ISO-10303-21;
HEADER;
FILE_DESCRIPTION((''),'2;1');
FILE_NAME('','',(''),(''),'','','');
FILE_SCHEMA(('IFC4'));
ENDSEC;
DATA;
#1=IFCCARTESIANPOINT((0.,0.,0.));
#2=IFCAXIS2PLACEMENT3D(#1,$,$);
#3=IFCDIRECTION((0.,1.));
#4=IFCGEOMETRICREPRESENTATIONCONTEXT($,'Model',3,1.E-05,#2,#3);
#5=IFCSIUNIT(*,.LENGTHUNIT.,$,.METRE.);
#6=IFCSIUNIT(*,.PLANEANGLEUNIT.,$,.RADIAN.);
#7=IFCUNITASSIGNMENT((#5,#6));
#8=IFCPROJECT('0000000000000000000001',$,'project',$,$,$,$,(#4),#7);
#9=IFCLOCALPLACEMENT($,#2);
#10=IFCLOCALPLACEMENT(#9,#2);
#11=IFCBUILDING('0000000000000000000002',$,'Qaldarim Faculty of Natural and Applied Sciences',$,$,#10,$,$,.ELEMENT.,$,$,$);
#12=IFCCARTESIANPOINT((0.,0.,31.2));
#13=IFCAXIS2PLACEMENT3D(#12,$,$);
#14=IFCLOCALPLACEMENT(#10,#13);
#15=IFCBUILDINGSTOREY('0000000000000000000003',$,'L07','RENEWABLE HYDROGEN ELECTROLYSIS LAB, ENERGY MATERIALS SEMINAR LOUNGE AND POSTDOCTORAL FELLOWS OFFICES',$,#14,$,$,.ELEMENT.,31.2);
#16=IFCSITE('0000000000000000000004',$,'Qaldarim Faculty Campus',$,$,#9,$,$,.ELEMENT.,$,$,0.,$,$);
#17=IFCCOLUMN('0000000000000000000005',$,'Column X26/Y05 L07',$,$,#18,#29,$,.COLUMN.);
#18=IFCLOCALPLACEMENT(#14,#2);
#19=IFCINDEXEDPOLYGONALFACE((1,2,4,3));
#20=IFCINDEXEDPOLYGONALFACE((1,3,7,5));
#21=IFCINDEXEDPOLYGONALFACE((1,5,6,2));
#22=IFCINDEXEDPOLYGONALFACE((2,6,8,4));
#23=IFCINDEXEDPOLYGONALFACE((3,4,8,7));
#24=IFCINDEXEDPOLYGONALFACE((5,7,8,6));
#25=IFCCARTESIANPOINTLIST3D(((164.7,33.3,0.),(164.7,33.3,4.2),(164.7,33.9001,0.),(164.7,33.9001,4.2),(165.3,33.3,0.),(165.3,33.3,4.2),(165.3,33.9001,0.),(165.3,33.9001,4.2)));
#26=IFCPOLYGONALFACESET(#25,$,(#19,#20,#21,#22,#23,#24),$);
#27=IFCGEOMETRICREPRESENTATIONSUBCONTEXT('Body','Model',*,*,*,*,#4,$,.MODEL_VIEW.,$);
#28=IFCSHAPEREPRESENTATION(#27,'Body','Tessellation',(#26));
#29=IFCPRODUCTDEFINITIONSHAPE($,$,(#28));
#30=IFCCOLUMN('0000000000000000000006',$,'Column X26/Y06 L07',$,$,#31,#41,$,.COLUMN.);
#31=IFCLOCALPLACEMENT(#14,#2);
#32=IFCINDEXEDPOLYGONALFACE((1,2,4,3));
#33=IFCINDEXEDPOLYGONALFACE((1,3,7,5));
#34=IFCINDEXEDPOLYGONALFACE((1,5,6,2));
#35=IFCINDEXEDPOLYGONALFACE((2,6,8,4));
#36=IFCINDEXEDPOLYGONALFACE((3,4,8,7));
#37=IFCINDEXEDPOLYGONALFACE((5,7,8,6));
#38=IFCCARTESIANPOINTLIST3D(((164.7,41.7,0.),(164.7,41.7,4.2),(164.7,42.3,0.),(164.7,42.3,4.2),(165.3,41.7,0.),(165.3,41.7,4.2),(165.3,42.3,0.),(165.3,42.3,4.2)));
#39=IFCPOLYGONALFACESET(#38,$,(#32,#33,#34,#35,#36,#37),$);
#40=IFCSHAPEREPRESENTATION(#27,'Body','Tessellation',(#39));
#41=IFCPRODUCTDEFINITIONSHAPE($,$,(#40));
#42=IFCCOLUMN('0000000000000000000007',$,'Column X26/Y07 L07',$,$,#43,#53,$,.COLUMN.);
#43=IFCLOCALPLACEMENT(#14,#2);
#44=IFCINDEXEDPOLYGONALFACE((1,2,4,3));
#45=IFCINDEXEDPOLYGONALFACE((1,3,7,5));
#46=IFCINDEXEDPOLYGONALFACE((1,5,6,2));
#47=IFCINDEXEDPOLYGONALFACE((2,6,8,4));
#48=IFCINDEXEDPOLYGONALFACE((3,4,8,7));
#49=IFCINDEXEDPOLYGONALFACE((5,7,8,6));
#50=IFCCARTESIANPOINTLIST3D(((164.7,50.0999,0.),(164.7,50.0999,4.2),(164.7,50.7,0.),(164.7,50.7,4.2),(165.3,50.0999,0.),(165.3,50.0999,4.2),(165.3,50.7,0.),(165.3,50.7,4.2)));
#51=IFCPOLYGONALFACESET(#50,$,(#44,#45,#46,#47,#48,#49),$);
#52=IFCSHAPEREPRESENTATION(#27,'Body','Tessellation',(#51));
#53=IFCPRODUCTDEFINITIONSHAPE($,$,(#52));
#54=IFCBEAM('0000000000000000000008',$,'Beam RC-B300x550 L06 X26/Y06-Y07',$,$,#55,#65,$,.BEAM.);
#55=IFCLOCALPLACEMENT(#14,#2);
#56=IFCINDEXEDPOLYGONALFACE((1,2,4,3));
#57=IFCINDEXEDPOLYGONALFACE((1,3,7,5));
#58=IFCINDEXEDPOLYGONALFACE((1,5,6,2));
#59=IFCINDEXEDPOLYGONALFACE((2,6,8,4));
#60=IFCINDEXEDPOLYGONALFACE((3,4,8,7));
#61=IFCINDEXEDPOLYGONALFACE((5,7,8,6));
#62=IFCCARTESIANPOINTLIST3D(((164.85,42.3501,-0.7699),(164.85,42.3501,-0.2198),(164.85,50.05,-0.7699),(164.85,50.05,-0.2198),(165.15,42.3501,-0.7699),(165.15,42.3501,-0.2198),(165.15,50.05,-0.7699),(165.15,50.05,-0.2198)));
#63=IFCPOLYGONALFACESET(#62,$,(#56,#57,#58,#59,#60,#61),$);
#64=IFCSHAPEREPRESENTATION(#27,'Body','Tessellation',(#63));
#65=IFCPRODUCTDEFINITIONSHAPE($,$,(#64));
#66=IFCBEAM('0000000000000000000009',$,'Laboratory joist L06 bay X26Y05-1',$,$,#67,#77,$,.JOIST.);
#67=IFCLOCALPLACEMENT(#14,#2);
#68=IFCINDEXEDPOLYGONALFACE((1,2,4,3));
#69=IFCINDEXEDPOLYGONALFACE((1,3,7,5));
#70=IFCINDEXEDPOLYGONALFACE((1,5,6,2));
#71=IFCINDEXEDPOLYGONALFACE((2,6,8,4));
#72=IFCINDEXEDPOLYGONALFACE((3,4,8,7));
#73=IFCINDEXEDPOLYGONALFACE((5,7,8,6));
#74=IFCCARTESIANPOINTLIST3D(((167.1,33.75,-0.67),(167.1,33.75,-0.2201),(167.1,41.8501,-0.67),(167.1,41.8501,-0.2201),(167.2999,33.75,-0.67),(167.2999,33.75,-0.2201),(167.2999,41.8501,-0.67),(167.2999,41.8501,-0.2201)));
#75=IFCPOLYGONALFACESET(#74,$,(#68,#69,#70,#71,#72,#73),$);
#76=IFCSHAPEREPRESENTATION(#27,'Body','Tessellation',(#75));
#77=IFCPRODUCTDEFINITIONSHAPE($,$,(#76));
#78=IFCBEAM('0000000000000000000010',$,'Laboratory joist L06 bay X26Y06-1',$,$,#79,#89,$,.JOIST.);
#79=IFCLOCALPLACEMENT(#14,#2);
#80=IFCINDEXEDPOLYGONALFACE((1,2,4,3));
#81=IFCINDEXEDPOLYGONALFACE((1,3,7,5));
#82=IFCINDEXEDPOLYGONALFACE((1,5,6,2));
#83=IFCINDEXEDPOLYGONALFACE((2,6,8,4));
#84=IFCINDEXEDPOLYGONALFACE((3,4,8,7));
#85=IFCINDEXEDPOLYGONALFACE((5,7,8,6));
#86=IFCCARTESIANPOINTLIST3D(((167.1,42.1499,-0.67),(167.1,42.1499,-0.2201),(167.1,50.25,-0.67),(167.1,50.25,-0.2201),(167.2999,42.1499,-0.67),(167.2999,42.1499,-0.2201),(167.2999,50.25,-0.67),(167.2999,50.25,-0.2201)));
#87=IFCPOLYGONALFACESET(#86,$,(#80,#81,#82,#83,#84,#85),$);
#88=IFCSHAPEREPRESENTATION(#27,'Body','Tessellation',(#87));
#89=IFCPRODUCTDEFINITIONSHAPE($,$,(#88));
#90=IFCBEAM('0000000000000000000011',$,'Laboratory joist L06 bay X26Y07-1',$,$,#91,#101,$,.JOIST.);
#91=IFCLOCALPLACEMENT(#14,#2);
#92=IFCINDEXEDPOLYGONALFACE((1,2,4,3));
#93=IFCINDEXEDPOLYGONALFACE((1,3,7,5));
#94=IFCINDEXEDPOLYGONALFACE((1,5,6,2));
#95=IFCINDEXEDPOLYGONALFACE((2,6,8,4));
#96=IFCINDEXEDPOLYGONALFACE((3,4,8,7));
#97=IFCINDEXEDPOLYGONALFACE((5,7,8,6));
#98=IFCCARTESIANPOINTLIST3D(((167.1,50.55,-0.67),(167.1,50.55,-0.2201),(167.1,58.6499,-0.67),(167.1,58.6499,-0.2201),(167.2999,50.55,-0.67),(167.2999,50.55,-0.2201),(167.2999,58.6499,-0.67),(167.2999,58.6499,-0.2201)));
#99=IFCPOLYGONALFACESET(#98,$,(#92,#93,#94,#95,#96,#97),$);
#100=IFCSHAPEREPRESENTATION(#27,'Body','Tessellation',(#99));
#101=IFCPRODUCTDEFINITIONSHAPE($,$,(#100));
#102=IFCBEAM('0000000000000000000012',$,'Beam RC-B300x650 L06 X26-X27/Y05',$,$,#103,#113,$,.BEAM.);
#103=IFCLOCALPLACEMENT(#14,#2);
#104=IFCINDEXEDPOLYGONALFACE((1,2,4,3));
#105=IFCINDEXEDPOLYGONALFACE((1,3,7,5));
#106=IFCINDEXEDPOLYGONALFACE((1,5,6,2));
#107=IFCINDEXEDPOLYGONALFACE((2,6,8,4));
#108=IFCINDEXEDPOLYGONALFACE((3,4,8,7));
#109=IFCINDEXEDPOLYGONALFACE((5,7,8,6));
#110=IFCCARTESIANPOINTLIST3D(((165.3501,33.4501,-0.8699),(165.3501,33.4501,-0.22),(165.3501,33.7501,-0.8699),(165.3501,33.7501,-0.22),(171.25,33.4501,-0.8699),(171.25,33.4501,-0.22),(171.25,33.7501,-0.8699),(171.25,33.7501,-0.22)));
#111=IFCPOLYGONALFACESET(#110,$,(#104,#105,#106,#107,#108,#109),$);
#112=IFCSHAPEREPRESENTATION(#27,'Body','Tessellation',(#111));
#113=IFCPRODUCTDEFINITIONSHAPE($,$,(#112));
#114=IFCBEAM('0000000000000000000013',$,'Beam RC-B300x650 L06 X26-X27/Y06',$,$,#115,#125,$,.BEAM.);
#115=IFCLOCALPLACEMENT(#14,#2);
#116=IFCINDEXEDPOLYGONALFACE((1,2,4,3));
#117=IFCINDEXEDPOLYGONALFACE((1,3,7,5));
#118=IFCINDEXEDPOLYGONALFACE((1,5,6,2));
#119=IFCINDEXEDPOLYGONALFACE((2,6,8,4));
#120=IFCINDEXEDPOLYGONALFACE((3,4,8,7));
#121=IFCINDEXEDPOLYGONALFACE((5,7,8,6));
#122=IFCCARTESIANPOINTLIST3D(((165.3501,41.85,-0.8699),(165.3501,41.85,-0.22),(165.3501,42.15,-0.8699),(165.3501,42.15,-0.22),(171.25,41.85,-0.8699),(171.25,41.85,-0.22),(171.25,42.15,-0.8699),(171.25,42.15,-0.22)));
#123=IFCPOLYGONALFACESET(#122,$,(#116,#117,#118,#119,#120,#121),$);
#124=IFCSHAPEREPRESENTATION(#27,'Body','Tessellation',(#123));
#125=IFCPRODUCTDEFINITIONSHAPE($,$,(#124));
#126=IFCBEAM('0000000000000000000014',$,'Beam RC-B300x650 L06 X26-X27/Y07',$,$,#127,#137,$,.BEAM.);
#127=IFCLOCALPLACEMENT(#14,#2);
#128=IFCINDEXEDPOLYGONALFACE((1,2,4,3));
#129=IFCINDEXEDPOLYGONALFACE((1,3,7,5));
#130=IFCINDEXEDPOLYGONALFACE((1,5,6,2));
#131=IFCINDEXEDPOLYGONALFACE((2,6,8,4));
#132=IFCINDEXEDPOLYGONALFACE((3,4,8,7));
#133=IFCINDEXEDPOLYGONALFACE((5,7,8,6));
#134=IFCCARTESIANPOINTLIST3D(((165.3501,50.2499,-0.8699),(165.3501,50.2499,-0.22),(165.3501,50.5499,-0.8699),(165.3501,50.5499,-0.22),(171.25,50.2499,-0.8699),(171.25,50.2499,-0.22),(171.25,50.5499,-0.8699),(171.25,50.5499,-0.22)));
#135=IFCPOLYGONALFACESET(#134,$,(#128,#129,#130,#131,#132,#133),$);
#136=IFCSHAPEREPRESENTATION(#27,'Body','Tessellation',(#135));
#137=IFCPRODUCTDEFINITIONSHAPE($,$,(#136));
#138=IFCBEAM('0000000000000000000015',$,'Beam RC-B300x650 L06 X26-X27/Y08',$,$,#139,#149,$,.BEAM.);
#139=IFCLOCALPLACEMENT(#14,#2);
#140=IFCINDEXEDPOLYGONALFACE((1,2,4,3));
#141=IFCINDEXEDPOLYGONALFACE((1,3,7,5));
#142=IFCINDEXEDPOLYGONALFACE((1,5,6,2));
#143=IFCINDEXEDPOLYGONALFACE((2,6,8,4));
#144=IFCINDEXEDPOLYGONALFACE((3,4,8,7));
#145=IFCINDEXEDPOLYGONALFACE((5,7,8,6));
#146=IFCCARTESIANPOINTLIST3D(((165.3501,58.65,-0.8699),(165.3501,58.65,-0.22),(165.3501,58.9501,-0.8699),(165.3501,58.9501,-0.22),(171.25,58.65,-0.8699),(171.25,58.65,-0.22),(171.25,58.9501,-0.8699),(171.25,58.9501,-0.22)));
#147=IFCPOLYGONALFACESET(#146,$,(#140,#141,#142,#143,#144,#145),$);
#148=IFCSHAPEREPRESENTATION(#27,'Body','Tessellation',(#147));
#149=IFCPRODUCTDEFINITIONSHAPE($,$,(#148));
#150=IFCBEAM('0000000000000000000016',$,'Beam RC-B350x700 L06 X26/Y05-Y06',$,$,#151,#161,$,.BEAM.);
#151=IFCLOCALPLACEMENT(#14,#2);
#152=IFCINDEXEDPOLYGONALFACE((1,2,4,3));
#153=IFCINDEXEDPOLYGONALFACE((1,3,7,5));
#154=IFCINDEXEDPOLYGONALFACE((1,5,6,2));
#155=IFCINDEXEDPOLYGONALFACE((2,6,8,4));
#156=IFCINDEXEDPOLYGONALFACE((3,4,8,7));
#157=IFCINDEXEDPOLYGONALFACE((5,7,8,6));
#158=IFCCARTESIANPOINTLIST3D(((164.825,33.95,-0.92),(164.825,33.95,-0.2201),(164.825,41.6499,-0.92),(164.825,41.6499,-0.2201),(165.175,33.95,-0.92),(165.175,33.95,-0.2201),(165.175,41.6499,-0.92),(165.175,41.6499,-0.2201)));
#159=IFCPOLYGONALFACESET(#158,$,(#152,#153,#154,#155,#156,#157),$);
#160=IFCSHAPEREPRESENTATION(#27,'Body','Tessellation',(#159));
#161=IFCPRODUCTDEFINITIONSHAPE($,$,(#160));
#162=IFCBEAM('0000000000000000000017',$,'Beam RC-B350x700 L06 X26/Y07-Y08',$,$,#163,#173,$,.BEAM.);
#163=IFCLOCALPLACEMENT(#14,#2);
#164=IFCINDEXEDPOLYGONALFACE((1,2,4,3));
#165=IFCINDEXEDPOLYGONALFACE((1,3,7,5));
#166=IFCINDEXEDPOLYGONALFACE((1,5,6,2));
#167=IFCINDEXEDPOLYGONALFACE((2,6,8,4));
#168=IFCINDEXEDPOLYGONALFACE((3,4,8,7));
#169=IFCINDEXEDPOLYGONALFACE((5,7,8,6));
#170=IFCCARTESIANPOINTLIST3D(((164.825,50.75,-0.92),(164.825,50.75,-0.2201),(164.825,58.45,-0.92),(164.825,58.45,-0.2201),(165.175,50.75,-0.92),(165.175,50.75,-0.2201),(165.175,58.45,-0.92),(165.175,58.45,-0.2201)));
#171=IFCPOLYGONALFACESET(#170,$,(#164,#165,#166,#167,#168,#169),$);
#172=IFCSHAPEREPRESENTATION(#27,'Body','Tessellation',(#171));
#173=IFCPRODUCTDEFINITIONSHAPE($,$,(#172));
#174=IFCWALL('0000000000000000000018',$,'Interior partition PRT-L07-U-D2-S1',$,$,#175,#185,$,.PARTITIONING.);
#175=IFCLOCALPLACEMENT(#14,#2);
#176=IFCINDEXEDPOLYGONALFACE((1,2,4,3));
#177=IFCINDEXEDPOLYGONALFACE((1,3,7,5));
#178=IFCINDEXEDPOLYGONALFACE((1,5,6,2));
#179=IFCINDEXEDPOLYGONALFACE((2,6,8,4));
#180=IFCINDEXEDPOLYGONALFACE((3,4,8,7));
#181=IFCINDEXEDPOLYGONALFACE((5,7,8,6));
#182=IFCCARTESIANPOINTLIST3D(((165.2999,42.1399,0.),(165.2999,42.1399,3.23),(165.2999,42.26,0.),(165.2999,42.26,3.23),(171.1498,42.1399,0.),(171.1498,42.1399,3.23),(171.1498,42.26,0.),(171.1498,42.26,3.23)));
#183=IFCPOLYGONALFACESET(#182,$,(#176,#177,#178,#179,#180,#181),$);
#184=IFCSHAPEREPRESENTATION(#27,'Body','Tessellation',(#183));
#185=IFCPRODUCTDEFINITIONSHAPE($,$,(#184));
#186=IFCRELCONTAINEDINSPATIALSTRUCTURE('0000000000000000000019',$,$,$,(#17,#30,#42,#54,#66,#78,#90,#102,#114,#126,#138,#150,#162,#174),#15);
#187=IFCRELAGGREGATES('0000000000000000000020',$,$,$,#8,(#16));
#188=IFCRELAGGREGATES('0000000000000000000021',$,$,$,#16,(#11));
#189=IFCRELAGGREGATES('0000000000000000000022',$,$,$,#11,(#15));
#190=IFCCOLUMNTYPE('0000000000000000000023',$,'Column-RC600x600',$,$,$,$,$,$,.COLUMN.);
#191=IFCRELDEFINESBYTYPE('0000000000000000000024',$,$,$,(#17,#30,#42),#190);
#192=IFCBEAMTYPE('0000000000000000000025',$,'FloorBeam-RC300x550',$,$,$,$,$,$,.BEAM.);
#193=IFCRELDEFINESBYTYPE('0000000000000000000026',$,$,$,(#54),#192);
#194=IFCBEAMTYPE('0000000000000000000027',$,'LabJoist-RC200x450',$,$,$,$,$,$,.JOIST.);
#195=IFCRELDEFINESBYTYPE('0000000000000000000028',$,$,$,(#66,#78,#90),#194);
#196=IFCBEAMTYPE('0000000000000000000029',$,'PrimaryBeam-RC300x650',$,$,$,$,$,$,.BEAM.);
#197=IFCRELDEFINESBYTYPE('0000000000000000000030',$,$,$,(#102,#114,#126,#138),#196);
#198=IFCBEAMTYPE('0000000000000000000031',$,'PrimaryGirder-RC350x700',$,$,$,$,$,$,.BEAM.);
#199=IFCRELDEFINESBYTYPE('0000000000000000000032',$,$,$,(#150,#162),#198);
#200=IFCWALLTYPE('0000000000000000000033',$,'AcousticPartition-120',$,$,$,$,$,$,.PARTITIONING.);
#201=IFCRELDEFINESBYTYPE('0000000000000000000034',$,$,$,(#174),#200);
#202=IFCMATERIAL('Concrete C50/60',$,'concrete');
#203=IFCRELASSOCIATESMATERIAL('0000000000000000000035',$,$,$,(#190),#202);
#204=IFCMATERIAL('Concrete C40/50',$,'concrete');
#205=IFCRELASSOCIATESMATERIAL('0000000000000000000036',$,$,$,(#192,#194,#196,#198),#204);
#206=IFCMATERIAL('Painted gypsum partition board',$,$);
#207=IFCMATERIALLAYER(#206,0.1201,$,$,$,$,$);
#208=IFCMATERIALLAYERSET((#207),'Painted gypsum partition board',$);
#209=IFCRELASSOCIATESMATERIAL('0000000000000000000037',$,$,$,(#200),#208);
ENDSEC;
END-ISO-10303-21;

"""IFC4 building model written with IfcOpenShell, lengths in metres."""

from ifc_helpers import new_model, si_unit, direction, frame, frame_2d, origin, origin_2d, place, context, subcontext, project, spatial, rectangle, extrude, material, layer, layer_set, material_profile, profile_set, type_object, element, save


model = new_model("IFC4")

# Units and contexts
model_context = context("Model", 3, precision=1e-05, world=origin(), true_north=direction((0.0, 1.0)))
body_context = subcontext(model_context, "Body", "Model", "MODEL_VIEW")
ifc_project = project(units=[si_unit("LENGTHUNIT", "METRE"), si_unit("PLANEANGLEUNIT", "RADIAN")], contexts=[model_context])

# Site, building, storey
site_placement = place(None, origin())
site = spatial("IfcSite", under=ifc_project, at=site_placement, Name="Qaldarim Faculty Campus", CompositionType="ELEMENT", RefElevation=0.0)
building_placement = place(site_placement, origin())
building = spatial("IfcBuilding", under=site, at=building_placement, Name="Qaldarim Faculty of Natural and Applied Sciences", CompositionType="ELEMENT")
storey_placement = place(building_placement, frame((0.0, 0.0, 31.2)))
storey = spatial("IfcBuildingStorey", under=building, at=storey_placement, Name="L07", Description="RENEWABLE HYDROGEN ELECTROLYSIS LAB, ENERGY MATERIALS SEMINAR LOUNGE AND POSTDOCTORAL FELLOWS OFFICES", CompositionType="ELEMENT", Elevation=31.2)

# Columns
ifc_material_1 = material(Name="Concrete C50/60", Category="concrete")
ifc_material_profile_1 = material_profile(ifc_material_1, rectangle(XDim=0.6001, YDim=0.6001, at=origin_2d()), Name="RC-C600x600")
ifc_profile_set_1 = profile_set([ifc_material_profile_1], Name="Concrete C50/60")
column_type = type_object("IfcColumnType", Name="Column-RC600x600", PredefinedType="COLUMN", material=ifc_profile_set_1)
for number, where, z_axis, x_axis, name in (
    (1, (165.0, 33.6001, 0.0), (0.0, 0.0, 1.0), (1.0, 0.0, 0.0), "Column X26/Y05 L07"),
    (2, (165.0, 42.0, 0.0), (0.0, 0.0, 1.0), (1.0, 0.0, 0.0), "Column X26/Y06 L07"),
    (3, (165.0, 50.3999, 0.0), (0.0, 0.0, 1.0), (1.0, 0.0, 0.0), "Column X26/Y07 L07"),
):
    element("IfcColumn", number, at=place(storey_placement, frame(where, z_axis=z_axis, x_axis=x_axis)), inside=storey, type_object=column_type, Name=name, PredefinedType="COLUMN", context=body_context, shape_type="SweptSolid", body=[
        extrude(rectangle(XDim=0.6001, YDim=0.6001, at=origin_2d()), origin(), (0.0, 0.0, 1.0), 4.2),
    ])

# Beams
ifc_material_2 = material(Name="Concrete C40/50", Category="concrete")
ifc_material_profile_2 = material_profile(ifc_material_2, rectangle(XDim=0.3, YDim=0.55, at=origin_2d()), Name="RC-B300x550")
ifc_profile_set_2 = profile_set([ifc_material_profile_2], Name="Concrete C40/50")
beam_type_1 = type_object("IfcBeamType", Name="FloorBeam-RC300x550", PredefinedType="BEAM", material=ifc_profile_set_2)
beam_1_placement = place(storey_placement, frame((165.0, 42.3501, -0.4949), z_axis=(0.0, 1.0, 0.0), x_axis=(-1.0, 0.0, 0.0)))
element("IfcBeam", 4, at=beam_1_placement, inside=storey, type_object=beam_type_1, Name="Beam RC-B300x550 L06 X26/Y06-Y07", PredefinedType="BEAM", context=body_context, shape_type="SweptSolid", body=[
    extrude(rectangle(XDim=0.3, YDim=0.55, at=origin_2d()), origin(), (0.0, 0.0, 1.0), 7.7),
])
ifc_material_profile_3 = material_profile(ifc_material_2, rectangle(XDim=0.2, YDim=0.45, at=origin_2d()), Name="RC-J200x450")
ifc_profile_set_3 = profile_set([ifc_material_profile_3], Name="Concrete C40/50")
beam_type_2 = type_object("IfcBeamType", Name="LabJoist-RC200x450", PredefinedType="JOIST", material=ifc_profile_set_3)
for number, where, z_axis, x_axis, name in (
    (5, (167.2, 33.75, -0.4451), (0.0, 1.0, 0.0), (-1.0, 0.0, 0.0), "Laboratory joist L06 bay X26Y05-1"),
    (6, (167.2, 42.1499, -0.4451), (0.0, 1.0, 0.0), (-1.0, 0.0, 0.0), "Laboratory joist L06 bay X26Y06-1"),
):
    element("IfcBeam", number, at=place(storey_placement, frame(where, z_axis=z_axis, x_axis=x_axis)), inside=storey, type_object=beam_type_2, Name=name, PredefinedType="JOIST", context=body_context, shape_type="SweptSolid", body=[
        extrude(rectangle(XDim=0.2, YDim=0.45, at=origin_2d()), origin(), (0.0, 0.0, 1.0), 8.1001),
    ])
beam_2_placement = place(storey_placement, frame((167.2, 50.55, -0.4451), z_axis=(0.0, 1.0, 0.0), x_axis=(-1.0, 0.0, 0.0)))
element("IfcBeam", 7, at=beam_2_placement, inside=storey, type_object=beam_type_2, Name="Laboratory joist L06 bay X26Y07-1", PredefinedType="JOIST", context=body_context, shape_type="SweptSolid", body=[
    extrude(rectangle(XDim=0.2, YDim=0.45, at=origin_2d()), origin(), (0.0, 0.0, 1.0), 8.0999),
])
ifc_material_profile_4 = material_profile(ifc_material_2, rectangle(XDim=0.3, YDim=0.6499, at=origin_2d()), Name="RC-B300x650")
ifc_profile_set_4 = profile_set([ifc_material_profile_4], Name="Concrete C40/50")
beam_type_3 = type_object("IfcBeamType", Name="PrimaryBeam-RC300x650", PredefinedType="BEAM", material=ifc_profile_set_4)
for number, where, z_axis, x_axis, name in (
    (8, (165.3501, 33.6001, -0.5449), (1.0, 0.0, 0.0), (0.0, 1.0, 0.0), "Beam RC-B300x650 L06 X26-X27/Y05"),
    (9, (165.3501, 42.0, -0.5449), (1.0, 0.0, 0.0), (0.0, 1.0, 0.0), "Beam RC-B300x650 L06 X26-X27/Y06"),
    (10, (165.3501, 50.3999, -0.5449), (1.0, 0.0, 0.0), (0.0, 1.0, 0.0), "Beam RC-B300x650 L06 X26-X27/Y07"),
    (11, (165.3501, 58.8, -0.5449), (1.0, 0.0, 0.0), (0.0, 1.0, 0.0), "Beam RC-B300x650 L06 X26-X27/Y08"),
):
    element("IfcBeam", number, at=place(storey_placement, frame(where, z_axis=z_axis, x_axis=x_axis)), inside=storey, type_object=beam_type_3, Name=name, PredefinedType="BEAM", context=body_context, shape_type="SweptSolid", body=[
        extrude(rectangle(XDim=0.3, YDim=0.6499, at=origin_2d()), origin(), (0.0, 0.0, 1.0), 5.8999),
    ])
ifc_material_profile_5 = material_profile(ifc_material_2, rectangle(XDim=0.3501, YDim=0.7, at=origin_2d()), Name="RC-B350x700")
ifc_profile_set_5 = profile_set([ifc_material_profile_5], Name="Concrete C40/50")
beam_type_4 = type_object("IfcBeamType", Name="PrimaryGirder-RC350x700", PredefinedType="BEAM", material=ifc_profile_set_5)
for number, where, z_axis, x_axis, name in (
    (12, (165.0, 33.95, -0.5701), (0.0, 1.0, 0.0), (-1.0, 0.0, 0.0), "Beam RC-B350x700 L06 X26/Y05-Y06"),
    (13, (165.0, 50.75, -0.5701), (0.0, 1.0, 0.0), (-1.0, 0.0, 0.0), "Beam RC-B350x700 L06 X26/Y07-Y08"),
):
    element("IfcBeam", number, at=place(storey_placement, frame(where, z_axis=z_axis, x_axis=x_axis)), inside=storey, type_object=beam_type_4, Name=name, PredefinedType="BEAM", context=body_context, shape_type="SweptSolid", body=[
        extrude(rectangle(XDim=0.3501, YDim=0.7, at=origin_2d()), origin(), (0.0, 0.0, 1.0), 7.7),
    ])

# Wall
ifc_material_3 = material(Name="Painted gypsum partition board")
ifc_layer_1 = layer(ifc_material_3, 0.1201)
ifc_layer_set_1 = layer_set([ifc_layer_1], Name="Painted gypsum partition board")
wall_type_1 = type_object("IfcWallType", Name="AcousticPartition-120", PredefinedType="PARTITIONING", material=ifc_layer_set_1)
wall_1_placement = place(storey_placement, frame((165.3, 42.2, 0.0), z_axis=(0.0, 0.0, 1.0), x_axis=(1.0, 0.0, 0.0)))
element("IfcWall", 14, at=wall_1_placement, inside=storey, type_object=wall_type_1, Name="Interior partition PRT-L07-U-D2-S1", PredefinedType="PARTITIONING", context=body_context, shape_type="SweptSolid", body=[
    extrude(rectangle(XDim=5.8499, YDim=0.1201, at=frame_2d((2.9248, 0.0))), origin(), (0.0, 0.0, 1.0), 3.23),
])

save(model, "model.ifc")
